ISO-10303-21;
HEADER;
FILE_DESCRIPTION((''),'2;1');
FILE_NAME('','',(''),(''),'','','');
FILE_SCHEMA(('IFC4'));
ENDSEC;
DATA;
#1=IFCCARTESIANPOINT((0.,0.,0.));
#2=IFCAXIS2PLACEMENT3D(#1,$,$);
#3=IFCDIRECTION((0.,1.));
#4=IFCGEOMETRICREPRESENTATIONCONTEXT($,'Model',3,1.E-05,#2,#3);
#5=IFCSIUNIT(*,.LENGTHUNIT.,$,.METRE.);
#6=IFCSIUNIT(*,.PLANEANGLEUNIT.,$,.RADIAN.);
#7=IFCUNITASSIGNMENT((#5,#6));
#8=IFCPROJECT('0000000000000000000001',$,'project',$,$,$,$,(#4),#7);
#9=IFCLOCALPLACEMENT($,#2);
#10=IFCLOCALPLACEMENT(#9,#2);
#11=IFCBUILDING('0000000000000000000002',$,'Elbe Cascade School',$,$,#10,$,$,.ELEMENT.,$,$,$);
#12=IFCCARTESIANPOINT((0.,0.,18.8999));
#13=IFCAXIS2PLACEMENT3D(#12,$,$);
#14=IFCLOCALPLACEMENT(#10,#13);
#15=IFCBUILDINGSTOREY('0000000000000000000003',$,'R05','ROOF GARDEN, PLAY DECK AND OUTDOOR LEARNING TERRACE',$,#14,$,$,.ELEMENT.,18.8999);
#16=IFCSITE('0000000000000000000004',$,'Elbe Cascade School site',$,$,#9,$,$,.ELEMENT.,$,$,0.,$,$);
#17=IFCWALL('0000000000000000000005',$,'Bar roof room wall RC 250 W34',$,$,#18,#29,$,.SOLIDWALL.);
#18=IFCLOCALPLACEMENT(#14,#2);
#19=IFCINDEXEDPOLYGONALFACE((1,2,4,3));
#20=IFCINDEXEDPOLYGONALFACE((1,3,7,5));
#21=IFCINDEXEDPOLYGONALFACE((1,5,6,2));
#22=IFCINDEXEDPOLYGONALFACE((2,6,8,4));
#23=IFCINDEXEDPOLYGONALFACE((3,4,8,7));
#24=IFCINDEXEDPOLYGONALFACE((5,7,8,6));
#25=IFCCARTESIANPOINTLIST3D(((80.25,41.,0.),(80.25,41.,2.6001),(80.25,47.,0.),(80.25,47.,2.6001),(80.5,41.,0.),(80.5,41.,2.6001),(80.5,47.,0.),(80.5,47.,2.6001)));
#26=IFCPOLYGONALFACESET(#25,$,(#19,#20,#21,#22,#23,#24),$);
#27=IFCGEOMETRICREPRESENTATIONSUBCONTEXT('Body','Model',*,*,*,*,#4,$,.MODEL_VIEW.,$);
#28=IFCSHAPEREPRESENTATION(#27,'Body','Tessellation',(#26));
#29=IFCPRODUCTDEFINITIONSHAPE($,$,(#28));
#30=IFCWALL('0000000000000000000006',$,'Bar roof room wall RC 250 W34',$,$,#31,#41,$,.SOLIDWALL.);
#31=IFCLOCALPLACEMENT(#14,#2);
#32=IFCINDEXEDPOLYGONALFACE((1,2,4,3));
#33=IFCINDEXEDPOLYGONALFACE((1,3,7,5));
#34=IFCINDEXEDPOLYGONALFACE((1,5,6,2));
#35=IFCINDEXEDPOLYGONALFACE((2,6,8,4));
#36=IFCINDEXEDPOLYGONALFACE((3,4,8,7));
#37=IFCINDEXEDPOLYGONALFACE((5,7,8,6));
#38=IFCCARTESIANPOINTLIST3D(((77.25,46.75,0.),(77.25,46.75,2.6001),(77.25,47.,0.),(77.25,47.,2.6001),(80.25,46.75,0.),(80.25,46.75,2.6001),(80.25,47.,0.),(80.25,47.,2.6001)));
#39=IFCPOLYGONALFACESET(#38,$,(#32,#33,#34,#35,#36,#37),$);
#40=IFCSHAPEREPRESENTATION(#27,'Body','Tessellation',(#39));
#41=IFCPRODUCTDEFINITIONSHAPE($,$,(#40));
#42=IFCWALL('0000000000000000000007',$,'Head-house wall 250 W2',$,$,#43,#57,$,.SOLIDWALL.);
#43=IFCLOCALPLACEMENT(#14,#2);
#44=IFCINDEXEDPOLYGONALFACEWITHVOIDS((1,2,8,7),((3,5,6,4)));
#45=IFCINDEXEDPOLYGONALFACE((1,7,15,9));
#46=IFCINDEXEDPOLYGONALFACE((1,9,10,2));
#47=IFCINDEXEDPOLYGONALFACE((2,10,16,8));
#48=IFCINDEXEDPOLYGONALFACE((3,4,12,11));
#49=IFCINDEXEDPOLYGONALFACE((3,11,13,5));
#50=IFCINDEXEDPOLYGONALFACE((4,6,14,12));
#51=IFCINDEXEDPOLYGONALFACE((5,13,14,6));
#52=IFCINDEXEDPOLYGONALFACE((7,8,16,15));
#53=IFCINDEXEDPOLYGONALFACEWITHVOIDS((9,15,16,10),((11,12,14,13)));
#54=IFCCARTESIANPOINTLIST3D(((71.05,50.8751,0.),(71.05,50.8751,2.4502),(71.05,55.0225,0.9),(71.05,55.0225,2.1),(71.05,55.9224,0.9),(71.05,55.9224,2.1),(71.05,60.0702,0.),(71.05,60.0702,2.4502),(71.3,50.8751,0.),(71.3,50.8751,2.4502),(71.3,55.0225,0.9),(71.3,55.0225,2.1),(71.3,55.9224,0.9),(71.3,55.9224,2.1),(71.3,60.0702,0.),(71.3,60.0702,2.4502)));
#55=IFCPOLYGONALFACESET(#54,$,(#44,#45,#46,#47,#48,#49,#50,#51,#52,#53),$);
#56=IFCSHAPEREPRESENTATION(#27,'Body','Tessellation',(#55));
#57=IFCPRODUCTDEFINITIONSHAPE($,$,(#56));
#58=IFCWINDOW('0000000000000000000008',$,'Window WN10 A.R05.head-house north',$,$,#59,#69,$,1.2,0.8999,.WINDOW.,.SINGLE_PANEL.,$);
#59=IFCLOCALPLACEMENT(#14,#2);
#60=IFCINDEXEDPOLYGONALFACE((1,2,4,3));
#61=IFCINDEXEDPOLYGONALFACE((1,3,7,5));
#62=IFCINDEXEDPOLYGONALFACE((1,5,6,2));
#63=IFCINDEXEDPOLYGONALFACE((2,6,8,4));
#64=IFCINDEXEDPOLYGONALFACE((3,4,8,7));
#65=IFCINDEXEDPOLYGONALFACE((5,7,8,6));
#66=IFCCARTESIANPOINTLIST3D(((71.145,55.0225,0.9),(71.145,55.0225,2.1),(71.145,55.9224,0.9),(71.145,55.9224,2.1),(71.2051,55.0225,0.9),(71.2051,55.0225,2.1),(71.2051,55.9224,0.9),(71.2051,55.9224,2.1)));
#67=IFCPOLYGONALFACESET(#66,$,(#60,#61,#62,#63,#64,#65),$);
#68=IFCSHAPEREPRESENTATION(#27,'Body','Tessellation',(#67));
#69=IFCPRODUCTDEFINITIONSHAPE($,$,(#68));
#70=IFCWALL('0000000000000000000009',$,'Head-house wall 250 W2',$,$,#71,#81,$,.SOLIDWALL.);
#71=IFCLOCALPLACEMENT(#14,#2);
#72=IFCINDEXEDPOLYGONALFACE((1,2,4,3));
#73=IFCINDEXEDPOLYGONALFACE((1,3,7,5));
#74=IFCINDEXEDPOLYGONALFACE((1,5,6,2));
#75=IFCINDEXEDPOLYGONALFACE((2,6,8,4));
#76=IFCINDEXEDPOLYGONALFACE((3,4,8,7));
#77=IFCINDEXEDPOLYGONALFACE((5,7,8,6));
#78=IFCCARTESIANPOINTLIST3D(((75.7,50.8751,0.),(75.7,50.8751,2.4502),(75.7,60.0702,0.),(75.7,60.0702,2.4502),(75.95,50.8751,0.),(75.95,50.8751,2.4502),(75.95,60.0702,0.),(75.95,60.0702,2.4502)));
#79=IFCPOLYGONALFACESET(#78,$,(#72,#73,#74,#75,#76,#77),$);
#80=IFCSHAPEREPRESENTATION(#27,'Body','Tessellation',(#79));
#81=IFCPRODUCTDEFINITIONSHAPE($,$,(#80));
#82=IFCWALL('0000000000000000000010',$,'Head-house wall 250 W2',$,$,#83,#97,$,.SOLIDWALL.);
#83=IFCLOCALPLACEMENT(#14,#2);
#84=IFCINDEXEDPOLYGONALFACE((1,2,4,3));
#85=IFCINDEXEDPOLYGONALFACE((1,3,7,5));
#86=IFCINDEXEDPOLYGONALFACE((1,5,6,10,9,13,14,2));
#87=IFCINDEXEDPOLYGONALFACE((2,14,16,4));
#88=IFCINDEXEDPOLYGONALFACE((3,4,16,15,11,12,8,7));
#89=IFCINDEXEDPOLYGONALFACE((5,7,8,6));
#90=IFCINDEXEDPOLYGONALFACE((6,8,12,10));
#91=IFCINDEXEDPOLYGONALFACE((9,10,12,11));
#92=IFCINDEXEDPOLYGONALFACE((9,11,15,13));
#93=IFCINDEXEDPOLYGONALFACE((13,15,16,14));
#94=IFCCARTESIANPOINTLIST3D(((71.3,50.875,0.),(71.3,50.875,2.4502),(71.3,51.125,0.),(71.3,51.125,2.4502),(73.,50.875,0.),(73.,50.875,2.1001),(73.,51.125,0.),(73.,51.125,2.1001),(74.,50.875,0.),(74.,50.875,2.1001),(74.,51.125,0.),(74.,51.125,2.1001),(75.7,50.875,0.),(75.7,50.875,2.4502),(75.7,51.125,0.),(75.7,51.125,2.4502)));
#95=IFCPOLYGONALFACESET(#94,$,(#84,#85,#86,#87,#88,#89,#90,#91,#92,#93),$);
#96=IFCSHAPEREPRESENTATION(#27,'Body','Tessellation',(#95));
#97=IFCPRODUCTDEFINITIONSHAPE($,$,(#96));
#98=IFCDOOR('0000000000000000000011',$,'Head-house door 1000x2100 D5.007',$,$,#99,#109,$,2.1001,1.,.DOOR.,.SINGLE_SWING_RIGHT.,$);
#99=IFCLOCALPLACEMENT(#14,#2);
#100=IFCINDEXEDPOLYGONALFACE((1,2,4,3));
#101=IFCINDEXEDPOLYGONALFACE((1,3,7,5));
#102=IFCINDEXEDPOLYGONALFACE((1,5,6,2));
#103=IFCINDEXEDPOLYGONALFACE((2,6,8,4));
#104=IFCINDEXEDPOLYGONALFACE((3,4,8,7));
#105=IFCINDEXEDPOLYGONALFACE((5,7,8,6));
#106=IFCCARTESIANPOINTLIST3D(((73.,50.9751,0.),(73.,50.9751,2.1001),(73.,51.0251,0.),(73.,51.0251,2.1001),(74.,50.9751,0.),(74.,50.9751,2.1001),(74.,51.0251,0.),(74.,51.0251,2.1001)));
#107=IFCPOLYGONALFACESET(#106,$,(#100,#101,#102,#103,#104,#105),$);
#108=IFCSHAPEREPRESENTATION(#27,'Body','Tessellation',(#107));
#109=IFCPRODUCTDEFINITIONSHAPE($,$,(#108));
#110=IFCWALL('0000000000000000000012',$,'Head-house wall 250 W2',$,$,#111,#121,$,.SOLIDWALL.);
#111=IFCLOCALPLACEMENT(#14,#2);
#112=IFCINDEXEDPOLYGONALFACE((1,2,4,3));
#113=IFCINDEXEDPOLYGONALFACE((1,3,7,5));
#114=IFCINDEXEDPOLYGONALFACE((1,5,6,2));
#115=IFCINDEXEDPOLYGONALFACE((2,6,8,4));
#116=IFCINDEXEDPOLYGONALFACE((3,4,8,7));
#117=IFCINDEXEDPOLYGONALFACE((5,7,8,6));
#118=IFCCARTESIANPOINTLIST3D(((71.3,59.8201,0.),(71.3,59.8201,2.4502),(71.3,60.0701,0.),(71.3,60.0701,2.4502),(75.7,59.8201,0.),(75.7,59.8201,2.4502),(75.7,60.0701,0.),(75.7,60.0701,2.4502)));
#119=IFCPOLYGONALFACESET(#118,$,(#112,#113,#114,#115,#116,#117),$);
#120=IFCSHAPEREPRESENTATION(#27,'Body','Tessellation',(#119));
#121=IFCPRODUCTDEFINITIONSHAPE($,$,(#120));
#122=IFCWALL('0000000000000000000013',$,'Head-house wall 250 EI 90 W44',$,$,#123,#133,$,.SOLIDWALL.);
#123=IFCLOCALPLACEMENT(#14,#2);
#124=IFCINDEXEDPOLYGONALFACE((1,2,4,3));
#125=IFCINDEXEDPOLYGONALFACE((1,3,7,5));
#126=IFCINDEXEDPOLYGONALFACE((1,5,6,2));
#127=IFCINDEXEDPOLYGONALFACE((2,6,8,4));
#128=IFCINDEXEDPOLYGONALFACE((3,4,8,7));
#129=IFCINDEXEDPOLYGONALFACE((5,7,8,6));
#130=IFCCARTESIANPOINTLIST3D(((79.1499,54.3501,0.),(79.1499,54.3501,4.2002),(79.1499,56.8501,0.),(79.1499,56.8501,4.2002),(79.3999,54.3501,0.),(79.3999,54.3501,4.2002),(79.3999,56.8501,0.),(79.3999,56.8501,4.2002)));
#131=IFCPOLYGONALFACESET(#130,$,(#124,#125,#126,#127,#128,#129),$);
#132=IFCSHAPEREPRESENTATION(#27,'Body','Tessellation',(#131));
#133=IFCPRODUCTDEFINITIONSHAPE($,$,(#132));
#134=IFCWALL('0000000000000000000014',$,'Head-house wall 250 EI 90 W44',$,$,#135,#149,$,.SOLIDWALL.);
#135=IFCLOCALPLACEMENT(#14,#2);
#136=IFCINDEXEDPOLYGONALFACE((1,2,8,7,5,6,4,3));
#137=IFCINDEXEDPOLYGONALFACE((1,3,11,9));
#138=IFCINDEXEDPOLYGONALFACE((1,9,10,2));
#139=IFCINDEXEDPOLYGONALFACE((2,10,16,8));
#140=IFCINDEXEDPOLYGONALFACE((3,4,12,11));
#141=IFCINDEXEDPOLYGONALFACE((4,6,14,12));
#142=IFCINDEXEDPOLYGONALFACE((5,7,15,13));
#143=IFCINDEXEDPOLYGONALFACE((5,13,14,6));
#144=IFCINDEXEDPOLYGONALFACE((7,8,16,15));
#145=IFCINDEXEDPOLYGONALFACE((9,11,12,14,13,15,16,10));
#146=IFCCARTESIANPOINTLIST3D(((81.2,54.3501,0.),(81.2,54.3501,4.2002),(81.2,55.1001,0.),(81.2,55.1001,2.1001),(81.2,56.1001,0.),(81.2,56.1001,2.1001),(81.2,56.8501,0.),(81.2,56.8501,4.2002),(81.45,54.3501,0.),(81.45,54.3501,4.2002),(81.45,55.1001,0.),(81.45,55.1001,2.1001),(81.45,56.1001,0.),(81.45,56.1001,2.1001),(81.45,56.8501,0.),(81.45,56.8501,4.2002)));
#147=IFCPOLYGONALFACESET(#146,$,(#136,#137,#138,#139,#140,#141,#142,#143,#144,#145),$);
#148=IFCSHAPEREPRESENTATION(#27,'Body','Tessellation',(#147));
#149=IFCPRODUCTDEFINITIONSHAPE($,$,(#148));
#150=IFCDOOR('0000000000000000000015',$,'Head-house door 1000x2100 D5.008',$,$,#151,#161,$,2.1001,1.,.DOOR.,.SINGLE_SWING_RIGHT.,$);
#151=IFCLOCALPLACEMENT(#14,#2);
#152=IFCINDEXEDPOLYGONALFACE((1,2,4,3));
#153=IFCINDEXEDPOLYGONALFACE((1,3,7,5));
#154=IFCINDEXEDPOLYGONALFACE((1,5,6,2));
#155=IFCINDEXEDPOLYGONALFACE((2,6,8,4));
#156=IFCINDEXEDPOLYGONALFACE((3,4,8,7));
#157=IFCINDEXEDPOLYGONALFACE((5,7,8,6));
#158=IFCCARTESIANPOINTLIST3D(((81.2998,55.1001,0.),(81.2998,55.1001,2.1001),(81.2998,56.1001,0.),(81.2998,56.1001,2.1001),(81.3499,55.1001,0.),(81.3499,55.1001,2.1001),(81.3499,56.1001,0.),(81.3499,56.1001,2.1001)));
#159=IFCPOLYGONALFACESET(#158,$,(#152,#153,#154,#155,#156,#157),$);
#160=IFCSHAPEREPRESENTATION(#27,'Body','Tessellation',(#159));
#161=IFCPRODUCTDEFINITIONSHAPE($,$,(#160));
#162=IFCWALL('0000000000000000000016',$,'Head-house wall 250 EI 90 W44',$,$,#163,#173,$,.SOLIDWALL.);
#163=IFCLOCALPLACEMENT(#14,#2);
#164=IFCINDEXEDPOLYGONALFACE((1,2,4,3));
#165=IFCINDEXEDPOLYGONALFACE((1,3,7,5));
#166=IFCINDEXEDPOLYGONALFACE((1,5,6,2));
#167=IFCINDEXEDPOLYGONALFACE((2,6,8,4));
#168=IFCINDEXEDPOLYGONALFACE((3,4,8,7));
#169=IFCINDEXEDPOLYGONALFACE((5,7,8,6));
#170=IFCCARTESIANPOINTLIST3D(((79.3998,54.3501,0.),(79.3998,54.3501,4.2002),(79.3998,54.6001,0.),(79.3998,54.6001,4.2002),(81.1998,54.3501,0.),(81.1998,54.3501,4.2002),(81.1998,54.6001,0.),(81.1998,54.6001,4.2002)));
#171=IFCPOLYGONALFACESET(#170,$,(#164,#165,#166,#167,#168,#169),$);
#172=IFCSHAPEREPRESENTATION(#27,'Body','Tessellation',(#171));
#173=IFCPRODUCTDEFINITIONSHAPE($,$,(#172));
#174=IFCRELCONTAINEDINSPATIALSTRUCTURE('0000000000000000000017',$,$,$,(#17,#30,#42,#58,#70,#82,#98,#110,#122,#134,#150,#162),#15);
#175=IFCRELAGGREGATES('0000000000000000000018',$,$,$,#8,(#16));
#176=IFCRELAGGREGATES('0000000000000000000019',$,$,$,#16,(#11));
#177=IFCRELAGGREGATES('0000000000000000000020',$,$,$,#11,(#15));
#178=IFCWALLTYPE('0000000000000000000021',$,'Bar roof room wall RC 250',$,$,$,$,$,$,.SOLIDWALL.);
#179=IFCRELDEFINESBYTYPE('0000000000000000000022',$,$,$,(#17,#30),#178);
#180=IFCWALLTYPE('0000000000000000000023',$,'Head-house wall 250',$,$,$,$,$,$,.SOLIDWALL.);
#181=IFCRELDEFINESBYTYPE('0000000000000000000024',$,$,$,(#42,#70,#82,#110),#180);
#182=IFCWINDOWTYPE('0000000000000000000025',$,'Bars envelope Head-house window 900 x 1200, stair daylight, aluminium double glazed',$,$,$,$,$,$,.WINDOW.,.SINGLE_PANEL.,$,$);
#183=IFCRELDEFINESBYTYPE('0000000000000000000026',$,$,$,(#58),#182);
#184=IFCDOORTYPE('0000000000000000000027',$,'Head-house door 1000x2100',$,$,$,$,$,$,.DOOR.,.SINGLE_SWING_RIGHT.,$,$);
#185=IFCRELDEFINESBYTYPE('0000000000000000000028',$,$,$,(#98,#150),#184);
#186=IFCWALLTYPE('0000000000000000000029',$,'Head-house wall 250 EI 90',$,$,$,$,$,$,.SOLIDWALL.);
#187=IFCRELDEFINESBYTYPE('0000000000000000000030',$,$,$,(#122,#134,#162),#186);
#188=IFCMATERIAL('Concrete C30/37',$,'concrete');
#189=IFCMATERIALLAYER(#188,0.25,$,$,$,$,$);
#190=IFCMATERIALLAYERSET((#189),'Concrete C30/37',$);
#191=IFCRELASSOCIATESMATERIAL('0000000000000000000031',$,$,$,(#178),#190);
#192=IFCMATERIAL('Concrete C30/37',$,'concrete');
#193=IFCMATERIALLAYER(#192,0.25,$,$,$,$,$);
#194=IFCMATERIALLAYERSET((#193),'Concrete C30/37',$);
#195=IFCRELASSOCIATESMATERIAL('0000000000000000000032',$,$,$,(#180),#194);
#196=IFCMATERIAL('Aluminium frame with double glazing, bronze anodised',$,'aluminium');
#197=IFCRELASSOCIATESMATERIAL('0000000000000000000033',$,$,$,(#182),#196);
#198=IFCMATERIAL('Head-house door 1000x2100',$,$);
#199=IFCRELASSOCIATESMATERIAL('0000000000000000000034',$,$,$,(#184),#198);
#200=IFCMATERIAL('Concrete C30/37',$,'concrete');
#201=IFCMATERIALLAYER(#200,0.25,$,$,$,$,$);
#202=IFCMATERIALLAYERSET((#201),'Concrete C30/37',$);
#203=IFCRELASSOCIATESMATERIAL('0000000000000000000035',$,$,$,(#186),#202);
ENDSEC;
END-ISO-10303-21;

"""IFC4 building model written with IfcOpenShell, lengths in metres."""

from ifc_helpers import new_model, si_unit, direction, frame, frame_2d, origin, place, context, subcontext, project, spatial, rectangle, extrude, material, layer, layer_set, type_object, element, fill, save


model = new_model("IFC4")

# Units and contexts
model_context = context("Model", 3, precision=1e-05, world=origin(), true_north=direction((0.0, 1.0)))
body_context = subcontext(model_context, "Body", "Model", "MODEL_VIEW")
ifc_project = project(units=[si_unit("LENGTHUNIT", "METRE"), si_unit("PLANEANGLEUNIT", "RADIAN")], contexts=[model_context])

# Site, building, storey
site_placement = place(None, origin())
site = spatial("IfcSite", under=ifc_project, at=site_placement, Name="Elbe Cascade School site", CompositionType="ELEMENT", RefElevation=0.0)
building_placement = place(site_placement, origin())
building = spatial("IfcBuilding", under=site, at=building_placement, Name="Elbe Cascade School", CompositionType="ELEMENT")
storey_placement = place(building_placement, frame((0.0, 0.0, 18.8999)))
storey = spatial("IfcBuildingStorey", under=building, at=storey_placement, Name="R05", Description="ROOF GARDEN, PLAY DECK AND OUTDOOR LEARNING TERRACE", CompositionType="ELEMENT", Elevation=18.8999)

# Walls
ifc_material_1 = material(Name="Concrete C30/37", Category="concrete")
ifc_layer_1 = layer(ifc_material_1, 0.25)
ifc_layer_set_1 = layer_set([ifc_layer_1], Name="Concrete C30/37")
wall_type_1 = type_object("IfcWallType", Name="Bar roof room wall RC 250", PredefinedType="SOLIDWALL", material=ifc_layer_set_1)
wall_1_placement = place(storey_placement, frame((80.375, 47.0, 0.0), z_axis=(0.0, 0.0, 1.0), x_axis=(0.0, -1.0, 0.0)))
element("IfcWall", 1, at=wall_1_placement, inside=storey, type_object=wall_type_1, Name="Bar roof room wall RC 250 W34", PredefinedType="SOLIDWALL", context=body_context, shape_type="SweptSolid", body=[
    extrude(rectangle(XDim=6.0, YDim=0.25, at=frame_2d((3.0, 0.0))), origin(), (0.0, 0.0, 1.0), 2.6001),
])
wall_2_placement = place(storey_placement, frame((77.25, 46.875, 0.0), z_axis=(0.0, 0.0, 1.0), x_axis=(1.0, 0.0, 0.0)))
element("IfcWall", 2, at=wall_2_placement, inside=storey, type_object=wall_type_1, Name="Bar roof room wall RC 250 W34", PredefinedType="SOLIDWALL", context=body_context, shape_type="SweptSolid", body=[
    extrude(rectangle(XDim=3.0, YDim=0.25, at=frame_2d((1.5, 0.0))), origin(), (0.0, 0.0, 1.0), 2.6001),
])

# Wall, opening, window
ifc_material_2 = material(Name="Concrete C30/37", Category="concrete")
ifc_layer_2 = layer(ifc_material_2, 0.25)
ifc_layer_set_2 = layer_set([ifc_layer_2], Name="Concrete C30/37")
wall_type_2 = type_object("IfcWallType", Name="Head-house wall 250", PredefinedType="SOLIDWALL", material=ifc_layer_set_2)
wall_3_placement = place(storey_placement, frame((71.175, 50.875, 0.0), z_axis=(0.0, 0.0, 1.0), x_axis=(0.0, 1.0, 0.0)))
wall_3 = element("IfcWall", 3, at=wall_3_placement, inside=storey, type_object=wall_type_2, Name="Head-house wall 250 W2", PredefinedType="SOLIDWALL", context=body_context, shape_type="SweptSolid", body=[
    extrude(rectangle(XDim=9.1951, YDim=0.25, at=frame_2d((4.5977, 0.0))), origin(), (0.0, 0.0, 1.0), 2.4502),
])
opening_1_placement = place(wall_3_placement, frame((4.1475, 0.0, 0.8999)))
opening_1 = element("IfcOpeningElement", 4, at=opening_1_placement, cuts=wall_3, PredefinedType="OPENING", context=body_context, shape_type="SweptSolid", body=[
    extrude(rectangle(XDim=0.8999, YDim=1.2, at=frame_2d((0.45, 0.6001))), frame((0.0, 0.135, 0.0), z_axis=(0.0, -1.0, 0.0), x_axis=(1.0, 0.0, 0.0)), (0.0, 0.0, 1.0), 0.27),
])
ifc_material_3 = material(Name="Aluminium frame with double glazing, bronze anodised", Category="aluminium")
window_type = type_object("IfcWindowType", Name="Bars envelope Head-house window 900 x 1200, stair daylight, aluminium double glazed", PartitioningType="SINGLE_PANEL", PredefinedType="WINDOW", material=ifc_material_3)
window_placement = place(opening_1_placement, origin())
window = element("IfcWindow", 5, at=window_placement, inside=storey, type_object=window_type, Name="Window WN10 A.R05.head-house north", OverallHeight=1.2, OverallWidth=0.8999, PartitioningType="SINGLE_PANEL", PredefinedType="WINDOW", context=body_context, shape_type="SweptSolid", body=[
    extrude(rectangle(XDim=0.8999, YDim=1.2, at=frame_2d((0.45, 0.6001))), frame((0.0, 0.03, 0.0), z_axis=(0.0, -1.0, 0.0), x_axis=(1.0, 0.0, 0.0)), (0.0, 0.0, 1.0), 0.0601),
])
fill(opening_1, window)

# Wall
wall_4_placement = place(storey_placement, frame((75.825, 50.875, 0.0), z_axis=(0.0, 0.0, 1.0), x_axis=(0.0, 1.0, 0.0)))
element("IfcWall", 6, at=wall_4_placement, inside=storey, type_object=wall_type_2, Name="Head-house wall 250 W2", PredefinedType="SOLIDWALL", context=body_context, shape_type="SweptSolid", body=[
    extrude(rectangle(XDim=9.1951, YDim=0.25, at=frame_2d((4.5977, 0.0))), origin(), (0.0, 0.0, 1.0), 2.4502),
])

# Wall, opening, door
wall_5_placement = place(storey_placement, frame((75.7, 51.0, 0.0), z_axis=(0.0, 0.0, 1.0), x_axis=(-1.0, 0.0, 0.0)))
wall_5 = element("IfcWall", 7, at=wall_5_placement, inside=storey, type_object=wall_type_2, Name="Head-house wall 250 W2", PredefinedType="SOLIDWALL", context=body_context, shape_type="SweptSolid", body=[
    extrude(rectangle(XDim=4.3999, YDim=0.25, at=frame_2d((2.2, 0.0))), origin(), (0.0, 0.0, 1.0), 2.4502),
])
opening_2_placement = place(wall_5_placement, frame((1.7, 0.0, 0.0)))
opening_2 = element("IfcOpeningElement", 8, at=opening_2_placement, cuts=wall_5, PredefinedType="OPENING", context=body_context, shape_type="SweptSolid", body=[
    extrude(rectangle(XDim=1.0, YDim=2.1001, at=frame_2d((0.5, 1.05))), frame((0.0, 0.135, 0.0), z_axis=(0.0, -1.0, 0.0), x_axis=(1.0, 0.0, 0.0)), (0.0, 0.0, 1.0), 0.27),
])
ifc_material_4 = material(Name="Head-house door 1000x2100")
door_type_1 = type_object("IfcDoorType", Name="Head-house door 1000x2100", OperationType="SINGLE_SWING_RIGHT", PredefinedType="DOOR", material=ifc_material_4)
door_1_placement = place(opening_2_placement, origin())
door_1 = element("IfcDoor", 9, at=door_1_placement, inside=storey, type_object=door_type_1, Name="Head-house door 1000x2100 D5.007", OperationType="SINGLE_SWING_RIGHT", OverallHeight=2.1001, OverallWidth=1.0, PredefinedType="DOOR", context=body_context, shape_type="SweptSolid", body=[
    extrude(rectangle(XDim=1.0, YDim=2.1001, at=frame_2d((0.5, 1.05))), frame((0.0, 0.0249, 0.0), z_axis=(0.0, -1.0, 0.0), x_axis=(1.0, 0.0, 0.0)), (0.0, 0.0, 1.0), 0.05),
])
fill(opening_2, door_1)

# Walls
wall_6_placement = place(storey_placement, frame((71.3, 59.9451, 0.0), z_axis=(0.0, 0.0, 1.0), x_axis=(1.0, 0.0, 0.0)))
element("IfcWall", 10, at=wall_6_placement, inside=storey, type_object=wall_type_2, Name="Head-house wall 250 W2", PredefinedType="SOLIDWALL", context=body_context, shape_type="SweptSolid", body=[
    extrude(rectangle(XDim=4.3999, YDim=0.25, at=frame_2d((2.2, 0.0))), origin(), (0.0, 0.0, 1.0), 2.4502),
])
ifc_material_5 = material(Name="Concrete C30/37", Category="concrete")
ifc_layer_3 = layer(ifc_material_5, 0.25)
ifc_layer_set_3 = layer_set([ifc_layer_3], Name="Concrete C30/37")
wall_type_3 = type_object("IfcWallType", Name="Head-house wall 250 EI 90", PredefinedType="SOLIDWALL", material=ifc_layer_set_3)
wall_7_placement = place(storey_placement, frame((79.2749, 54.3501, 0.0), z_axis=(0.0, 0.0, 1.0), x_axis=(0.0, 1.0, 0.0)))
element("IfcWall", 11, at=wall_7_placement, inside=storey, type_object=wall_type_3, Name="Head-house wall 250 EI 90 W44", PredefinedType="SOLIDWALL", context=body_context, shape_type="SweptSolid", body=[
    extrude(rectangle(XDim=2.5, YDim=0.25, at=frame_2d((1.25, 0.0))), origin(), (0.0, 0.0, 1.0), 4.2002),
])

# Wall, opening, door
wall_8_placement = place(storey_placement, frame((81.325, 56.8501, 0.0), z_axis=(0.0, 0.0, 1.0), x_axis=(0.0, -1.0, 0.0)))
wall_8 = element("IfcWall", 12, at=wall_8_placement, inside=storey, type_object=wall_type_3, Name="Head-house wall 250 EI 90 W44", PredefinedType="SOLIDWALL", context=body_context, shape_type="SweptSolid", body=[
    extrude(rectangle(XDim=2.5, YDim=0.25, at=frame_2d((1.25, 0.0))), origin(), (0.0, 0.0, 1.0), 4.2002),
])
opening_3_placement = place(wall_8_placement, frame((0.75, 0.0, 0.0)))
opening_3 = element("IfcOpeningElement", 13, at=opening_3_placement, cuts=wall_8, PredefinedType="OPENING", context=body_context, shape_type="SweptSolid", body=[
    extrude(rectangle(XDim=1.0, YDim=2.1001, at=frame_2d((0.5, 1.05))), frame((0.0, 0.135, 0.0), z_axis=(0.0, -1.0, 0.0), x_axis=(1.0, 0.0, 0.0)), (0.0, 0.0, 1.0), 0.27),
])
door_2_placement = place(opening_3_placement, origin())
door_2 = element("IfcDoor", 14, at=door_2_placement, inside=storey, type_object=door_type_1, Name="Head-house door 1000x2100 D5.008", OperationType="SINGLE_SWING_RIGHT", OverallHeight=2.1001, OverallWidth=1.0, PredefinedType="DOOR", context=body_context, shape_type="SweptSolid", body=[
    extrude(rectangle(XDim=1.0, YDim=2.1001, at=frame_2d((0.5, 1.05))), frame((0.0, 0.0249, 0.0), z_axis=(0.0, -1.0, 0.0), x_axis=(1.0, 0.0, 0.0)), (0.0, 0.0, 1.0), 0.05),
])
fill(opening_3, door_2)

# Wall
wall_9_placement = place(storey_placement, frame((79.3999, 54.4751, 0.0), z_axis=(0.0, 0.0, 1.0), x_axis=(1.0, 0.0, 0.0)))
element("IfcWall", 15, at=wall_9_placement, inside=storey, type_object=wall_type_3, Name="Head-house wall 250 EI 90 W44", PredefinedType="SOLIDWALL", context=body_context, shape_type="SweptSolid", body=[
    extrude(rectangle(XDim=1.8, YDim=0.25, at=frame_2d((0.8999, 0.0))), origin(), (0.0, 0.0, 1.0), 4.2002),
])

save(model, "model.ifc")
